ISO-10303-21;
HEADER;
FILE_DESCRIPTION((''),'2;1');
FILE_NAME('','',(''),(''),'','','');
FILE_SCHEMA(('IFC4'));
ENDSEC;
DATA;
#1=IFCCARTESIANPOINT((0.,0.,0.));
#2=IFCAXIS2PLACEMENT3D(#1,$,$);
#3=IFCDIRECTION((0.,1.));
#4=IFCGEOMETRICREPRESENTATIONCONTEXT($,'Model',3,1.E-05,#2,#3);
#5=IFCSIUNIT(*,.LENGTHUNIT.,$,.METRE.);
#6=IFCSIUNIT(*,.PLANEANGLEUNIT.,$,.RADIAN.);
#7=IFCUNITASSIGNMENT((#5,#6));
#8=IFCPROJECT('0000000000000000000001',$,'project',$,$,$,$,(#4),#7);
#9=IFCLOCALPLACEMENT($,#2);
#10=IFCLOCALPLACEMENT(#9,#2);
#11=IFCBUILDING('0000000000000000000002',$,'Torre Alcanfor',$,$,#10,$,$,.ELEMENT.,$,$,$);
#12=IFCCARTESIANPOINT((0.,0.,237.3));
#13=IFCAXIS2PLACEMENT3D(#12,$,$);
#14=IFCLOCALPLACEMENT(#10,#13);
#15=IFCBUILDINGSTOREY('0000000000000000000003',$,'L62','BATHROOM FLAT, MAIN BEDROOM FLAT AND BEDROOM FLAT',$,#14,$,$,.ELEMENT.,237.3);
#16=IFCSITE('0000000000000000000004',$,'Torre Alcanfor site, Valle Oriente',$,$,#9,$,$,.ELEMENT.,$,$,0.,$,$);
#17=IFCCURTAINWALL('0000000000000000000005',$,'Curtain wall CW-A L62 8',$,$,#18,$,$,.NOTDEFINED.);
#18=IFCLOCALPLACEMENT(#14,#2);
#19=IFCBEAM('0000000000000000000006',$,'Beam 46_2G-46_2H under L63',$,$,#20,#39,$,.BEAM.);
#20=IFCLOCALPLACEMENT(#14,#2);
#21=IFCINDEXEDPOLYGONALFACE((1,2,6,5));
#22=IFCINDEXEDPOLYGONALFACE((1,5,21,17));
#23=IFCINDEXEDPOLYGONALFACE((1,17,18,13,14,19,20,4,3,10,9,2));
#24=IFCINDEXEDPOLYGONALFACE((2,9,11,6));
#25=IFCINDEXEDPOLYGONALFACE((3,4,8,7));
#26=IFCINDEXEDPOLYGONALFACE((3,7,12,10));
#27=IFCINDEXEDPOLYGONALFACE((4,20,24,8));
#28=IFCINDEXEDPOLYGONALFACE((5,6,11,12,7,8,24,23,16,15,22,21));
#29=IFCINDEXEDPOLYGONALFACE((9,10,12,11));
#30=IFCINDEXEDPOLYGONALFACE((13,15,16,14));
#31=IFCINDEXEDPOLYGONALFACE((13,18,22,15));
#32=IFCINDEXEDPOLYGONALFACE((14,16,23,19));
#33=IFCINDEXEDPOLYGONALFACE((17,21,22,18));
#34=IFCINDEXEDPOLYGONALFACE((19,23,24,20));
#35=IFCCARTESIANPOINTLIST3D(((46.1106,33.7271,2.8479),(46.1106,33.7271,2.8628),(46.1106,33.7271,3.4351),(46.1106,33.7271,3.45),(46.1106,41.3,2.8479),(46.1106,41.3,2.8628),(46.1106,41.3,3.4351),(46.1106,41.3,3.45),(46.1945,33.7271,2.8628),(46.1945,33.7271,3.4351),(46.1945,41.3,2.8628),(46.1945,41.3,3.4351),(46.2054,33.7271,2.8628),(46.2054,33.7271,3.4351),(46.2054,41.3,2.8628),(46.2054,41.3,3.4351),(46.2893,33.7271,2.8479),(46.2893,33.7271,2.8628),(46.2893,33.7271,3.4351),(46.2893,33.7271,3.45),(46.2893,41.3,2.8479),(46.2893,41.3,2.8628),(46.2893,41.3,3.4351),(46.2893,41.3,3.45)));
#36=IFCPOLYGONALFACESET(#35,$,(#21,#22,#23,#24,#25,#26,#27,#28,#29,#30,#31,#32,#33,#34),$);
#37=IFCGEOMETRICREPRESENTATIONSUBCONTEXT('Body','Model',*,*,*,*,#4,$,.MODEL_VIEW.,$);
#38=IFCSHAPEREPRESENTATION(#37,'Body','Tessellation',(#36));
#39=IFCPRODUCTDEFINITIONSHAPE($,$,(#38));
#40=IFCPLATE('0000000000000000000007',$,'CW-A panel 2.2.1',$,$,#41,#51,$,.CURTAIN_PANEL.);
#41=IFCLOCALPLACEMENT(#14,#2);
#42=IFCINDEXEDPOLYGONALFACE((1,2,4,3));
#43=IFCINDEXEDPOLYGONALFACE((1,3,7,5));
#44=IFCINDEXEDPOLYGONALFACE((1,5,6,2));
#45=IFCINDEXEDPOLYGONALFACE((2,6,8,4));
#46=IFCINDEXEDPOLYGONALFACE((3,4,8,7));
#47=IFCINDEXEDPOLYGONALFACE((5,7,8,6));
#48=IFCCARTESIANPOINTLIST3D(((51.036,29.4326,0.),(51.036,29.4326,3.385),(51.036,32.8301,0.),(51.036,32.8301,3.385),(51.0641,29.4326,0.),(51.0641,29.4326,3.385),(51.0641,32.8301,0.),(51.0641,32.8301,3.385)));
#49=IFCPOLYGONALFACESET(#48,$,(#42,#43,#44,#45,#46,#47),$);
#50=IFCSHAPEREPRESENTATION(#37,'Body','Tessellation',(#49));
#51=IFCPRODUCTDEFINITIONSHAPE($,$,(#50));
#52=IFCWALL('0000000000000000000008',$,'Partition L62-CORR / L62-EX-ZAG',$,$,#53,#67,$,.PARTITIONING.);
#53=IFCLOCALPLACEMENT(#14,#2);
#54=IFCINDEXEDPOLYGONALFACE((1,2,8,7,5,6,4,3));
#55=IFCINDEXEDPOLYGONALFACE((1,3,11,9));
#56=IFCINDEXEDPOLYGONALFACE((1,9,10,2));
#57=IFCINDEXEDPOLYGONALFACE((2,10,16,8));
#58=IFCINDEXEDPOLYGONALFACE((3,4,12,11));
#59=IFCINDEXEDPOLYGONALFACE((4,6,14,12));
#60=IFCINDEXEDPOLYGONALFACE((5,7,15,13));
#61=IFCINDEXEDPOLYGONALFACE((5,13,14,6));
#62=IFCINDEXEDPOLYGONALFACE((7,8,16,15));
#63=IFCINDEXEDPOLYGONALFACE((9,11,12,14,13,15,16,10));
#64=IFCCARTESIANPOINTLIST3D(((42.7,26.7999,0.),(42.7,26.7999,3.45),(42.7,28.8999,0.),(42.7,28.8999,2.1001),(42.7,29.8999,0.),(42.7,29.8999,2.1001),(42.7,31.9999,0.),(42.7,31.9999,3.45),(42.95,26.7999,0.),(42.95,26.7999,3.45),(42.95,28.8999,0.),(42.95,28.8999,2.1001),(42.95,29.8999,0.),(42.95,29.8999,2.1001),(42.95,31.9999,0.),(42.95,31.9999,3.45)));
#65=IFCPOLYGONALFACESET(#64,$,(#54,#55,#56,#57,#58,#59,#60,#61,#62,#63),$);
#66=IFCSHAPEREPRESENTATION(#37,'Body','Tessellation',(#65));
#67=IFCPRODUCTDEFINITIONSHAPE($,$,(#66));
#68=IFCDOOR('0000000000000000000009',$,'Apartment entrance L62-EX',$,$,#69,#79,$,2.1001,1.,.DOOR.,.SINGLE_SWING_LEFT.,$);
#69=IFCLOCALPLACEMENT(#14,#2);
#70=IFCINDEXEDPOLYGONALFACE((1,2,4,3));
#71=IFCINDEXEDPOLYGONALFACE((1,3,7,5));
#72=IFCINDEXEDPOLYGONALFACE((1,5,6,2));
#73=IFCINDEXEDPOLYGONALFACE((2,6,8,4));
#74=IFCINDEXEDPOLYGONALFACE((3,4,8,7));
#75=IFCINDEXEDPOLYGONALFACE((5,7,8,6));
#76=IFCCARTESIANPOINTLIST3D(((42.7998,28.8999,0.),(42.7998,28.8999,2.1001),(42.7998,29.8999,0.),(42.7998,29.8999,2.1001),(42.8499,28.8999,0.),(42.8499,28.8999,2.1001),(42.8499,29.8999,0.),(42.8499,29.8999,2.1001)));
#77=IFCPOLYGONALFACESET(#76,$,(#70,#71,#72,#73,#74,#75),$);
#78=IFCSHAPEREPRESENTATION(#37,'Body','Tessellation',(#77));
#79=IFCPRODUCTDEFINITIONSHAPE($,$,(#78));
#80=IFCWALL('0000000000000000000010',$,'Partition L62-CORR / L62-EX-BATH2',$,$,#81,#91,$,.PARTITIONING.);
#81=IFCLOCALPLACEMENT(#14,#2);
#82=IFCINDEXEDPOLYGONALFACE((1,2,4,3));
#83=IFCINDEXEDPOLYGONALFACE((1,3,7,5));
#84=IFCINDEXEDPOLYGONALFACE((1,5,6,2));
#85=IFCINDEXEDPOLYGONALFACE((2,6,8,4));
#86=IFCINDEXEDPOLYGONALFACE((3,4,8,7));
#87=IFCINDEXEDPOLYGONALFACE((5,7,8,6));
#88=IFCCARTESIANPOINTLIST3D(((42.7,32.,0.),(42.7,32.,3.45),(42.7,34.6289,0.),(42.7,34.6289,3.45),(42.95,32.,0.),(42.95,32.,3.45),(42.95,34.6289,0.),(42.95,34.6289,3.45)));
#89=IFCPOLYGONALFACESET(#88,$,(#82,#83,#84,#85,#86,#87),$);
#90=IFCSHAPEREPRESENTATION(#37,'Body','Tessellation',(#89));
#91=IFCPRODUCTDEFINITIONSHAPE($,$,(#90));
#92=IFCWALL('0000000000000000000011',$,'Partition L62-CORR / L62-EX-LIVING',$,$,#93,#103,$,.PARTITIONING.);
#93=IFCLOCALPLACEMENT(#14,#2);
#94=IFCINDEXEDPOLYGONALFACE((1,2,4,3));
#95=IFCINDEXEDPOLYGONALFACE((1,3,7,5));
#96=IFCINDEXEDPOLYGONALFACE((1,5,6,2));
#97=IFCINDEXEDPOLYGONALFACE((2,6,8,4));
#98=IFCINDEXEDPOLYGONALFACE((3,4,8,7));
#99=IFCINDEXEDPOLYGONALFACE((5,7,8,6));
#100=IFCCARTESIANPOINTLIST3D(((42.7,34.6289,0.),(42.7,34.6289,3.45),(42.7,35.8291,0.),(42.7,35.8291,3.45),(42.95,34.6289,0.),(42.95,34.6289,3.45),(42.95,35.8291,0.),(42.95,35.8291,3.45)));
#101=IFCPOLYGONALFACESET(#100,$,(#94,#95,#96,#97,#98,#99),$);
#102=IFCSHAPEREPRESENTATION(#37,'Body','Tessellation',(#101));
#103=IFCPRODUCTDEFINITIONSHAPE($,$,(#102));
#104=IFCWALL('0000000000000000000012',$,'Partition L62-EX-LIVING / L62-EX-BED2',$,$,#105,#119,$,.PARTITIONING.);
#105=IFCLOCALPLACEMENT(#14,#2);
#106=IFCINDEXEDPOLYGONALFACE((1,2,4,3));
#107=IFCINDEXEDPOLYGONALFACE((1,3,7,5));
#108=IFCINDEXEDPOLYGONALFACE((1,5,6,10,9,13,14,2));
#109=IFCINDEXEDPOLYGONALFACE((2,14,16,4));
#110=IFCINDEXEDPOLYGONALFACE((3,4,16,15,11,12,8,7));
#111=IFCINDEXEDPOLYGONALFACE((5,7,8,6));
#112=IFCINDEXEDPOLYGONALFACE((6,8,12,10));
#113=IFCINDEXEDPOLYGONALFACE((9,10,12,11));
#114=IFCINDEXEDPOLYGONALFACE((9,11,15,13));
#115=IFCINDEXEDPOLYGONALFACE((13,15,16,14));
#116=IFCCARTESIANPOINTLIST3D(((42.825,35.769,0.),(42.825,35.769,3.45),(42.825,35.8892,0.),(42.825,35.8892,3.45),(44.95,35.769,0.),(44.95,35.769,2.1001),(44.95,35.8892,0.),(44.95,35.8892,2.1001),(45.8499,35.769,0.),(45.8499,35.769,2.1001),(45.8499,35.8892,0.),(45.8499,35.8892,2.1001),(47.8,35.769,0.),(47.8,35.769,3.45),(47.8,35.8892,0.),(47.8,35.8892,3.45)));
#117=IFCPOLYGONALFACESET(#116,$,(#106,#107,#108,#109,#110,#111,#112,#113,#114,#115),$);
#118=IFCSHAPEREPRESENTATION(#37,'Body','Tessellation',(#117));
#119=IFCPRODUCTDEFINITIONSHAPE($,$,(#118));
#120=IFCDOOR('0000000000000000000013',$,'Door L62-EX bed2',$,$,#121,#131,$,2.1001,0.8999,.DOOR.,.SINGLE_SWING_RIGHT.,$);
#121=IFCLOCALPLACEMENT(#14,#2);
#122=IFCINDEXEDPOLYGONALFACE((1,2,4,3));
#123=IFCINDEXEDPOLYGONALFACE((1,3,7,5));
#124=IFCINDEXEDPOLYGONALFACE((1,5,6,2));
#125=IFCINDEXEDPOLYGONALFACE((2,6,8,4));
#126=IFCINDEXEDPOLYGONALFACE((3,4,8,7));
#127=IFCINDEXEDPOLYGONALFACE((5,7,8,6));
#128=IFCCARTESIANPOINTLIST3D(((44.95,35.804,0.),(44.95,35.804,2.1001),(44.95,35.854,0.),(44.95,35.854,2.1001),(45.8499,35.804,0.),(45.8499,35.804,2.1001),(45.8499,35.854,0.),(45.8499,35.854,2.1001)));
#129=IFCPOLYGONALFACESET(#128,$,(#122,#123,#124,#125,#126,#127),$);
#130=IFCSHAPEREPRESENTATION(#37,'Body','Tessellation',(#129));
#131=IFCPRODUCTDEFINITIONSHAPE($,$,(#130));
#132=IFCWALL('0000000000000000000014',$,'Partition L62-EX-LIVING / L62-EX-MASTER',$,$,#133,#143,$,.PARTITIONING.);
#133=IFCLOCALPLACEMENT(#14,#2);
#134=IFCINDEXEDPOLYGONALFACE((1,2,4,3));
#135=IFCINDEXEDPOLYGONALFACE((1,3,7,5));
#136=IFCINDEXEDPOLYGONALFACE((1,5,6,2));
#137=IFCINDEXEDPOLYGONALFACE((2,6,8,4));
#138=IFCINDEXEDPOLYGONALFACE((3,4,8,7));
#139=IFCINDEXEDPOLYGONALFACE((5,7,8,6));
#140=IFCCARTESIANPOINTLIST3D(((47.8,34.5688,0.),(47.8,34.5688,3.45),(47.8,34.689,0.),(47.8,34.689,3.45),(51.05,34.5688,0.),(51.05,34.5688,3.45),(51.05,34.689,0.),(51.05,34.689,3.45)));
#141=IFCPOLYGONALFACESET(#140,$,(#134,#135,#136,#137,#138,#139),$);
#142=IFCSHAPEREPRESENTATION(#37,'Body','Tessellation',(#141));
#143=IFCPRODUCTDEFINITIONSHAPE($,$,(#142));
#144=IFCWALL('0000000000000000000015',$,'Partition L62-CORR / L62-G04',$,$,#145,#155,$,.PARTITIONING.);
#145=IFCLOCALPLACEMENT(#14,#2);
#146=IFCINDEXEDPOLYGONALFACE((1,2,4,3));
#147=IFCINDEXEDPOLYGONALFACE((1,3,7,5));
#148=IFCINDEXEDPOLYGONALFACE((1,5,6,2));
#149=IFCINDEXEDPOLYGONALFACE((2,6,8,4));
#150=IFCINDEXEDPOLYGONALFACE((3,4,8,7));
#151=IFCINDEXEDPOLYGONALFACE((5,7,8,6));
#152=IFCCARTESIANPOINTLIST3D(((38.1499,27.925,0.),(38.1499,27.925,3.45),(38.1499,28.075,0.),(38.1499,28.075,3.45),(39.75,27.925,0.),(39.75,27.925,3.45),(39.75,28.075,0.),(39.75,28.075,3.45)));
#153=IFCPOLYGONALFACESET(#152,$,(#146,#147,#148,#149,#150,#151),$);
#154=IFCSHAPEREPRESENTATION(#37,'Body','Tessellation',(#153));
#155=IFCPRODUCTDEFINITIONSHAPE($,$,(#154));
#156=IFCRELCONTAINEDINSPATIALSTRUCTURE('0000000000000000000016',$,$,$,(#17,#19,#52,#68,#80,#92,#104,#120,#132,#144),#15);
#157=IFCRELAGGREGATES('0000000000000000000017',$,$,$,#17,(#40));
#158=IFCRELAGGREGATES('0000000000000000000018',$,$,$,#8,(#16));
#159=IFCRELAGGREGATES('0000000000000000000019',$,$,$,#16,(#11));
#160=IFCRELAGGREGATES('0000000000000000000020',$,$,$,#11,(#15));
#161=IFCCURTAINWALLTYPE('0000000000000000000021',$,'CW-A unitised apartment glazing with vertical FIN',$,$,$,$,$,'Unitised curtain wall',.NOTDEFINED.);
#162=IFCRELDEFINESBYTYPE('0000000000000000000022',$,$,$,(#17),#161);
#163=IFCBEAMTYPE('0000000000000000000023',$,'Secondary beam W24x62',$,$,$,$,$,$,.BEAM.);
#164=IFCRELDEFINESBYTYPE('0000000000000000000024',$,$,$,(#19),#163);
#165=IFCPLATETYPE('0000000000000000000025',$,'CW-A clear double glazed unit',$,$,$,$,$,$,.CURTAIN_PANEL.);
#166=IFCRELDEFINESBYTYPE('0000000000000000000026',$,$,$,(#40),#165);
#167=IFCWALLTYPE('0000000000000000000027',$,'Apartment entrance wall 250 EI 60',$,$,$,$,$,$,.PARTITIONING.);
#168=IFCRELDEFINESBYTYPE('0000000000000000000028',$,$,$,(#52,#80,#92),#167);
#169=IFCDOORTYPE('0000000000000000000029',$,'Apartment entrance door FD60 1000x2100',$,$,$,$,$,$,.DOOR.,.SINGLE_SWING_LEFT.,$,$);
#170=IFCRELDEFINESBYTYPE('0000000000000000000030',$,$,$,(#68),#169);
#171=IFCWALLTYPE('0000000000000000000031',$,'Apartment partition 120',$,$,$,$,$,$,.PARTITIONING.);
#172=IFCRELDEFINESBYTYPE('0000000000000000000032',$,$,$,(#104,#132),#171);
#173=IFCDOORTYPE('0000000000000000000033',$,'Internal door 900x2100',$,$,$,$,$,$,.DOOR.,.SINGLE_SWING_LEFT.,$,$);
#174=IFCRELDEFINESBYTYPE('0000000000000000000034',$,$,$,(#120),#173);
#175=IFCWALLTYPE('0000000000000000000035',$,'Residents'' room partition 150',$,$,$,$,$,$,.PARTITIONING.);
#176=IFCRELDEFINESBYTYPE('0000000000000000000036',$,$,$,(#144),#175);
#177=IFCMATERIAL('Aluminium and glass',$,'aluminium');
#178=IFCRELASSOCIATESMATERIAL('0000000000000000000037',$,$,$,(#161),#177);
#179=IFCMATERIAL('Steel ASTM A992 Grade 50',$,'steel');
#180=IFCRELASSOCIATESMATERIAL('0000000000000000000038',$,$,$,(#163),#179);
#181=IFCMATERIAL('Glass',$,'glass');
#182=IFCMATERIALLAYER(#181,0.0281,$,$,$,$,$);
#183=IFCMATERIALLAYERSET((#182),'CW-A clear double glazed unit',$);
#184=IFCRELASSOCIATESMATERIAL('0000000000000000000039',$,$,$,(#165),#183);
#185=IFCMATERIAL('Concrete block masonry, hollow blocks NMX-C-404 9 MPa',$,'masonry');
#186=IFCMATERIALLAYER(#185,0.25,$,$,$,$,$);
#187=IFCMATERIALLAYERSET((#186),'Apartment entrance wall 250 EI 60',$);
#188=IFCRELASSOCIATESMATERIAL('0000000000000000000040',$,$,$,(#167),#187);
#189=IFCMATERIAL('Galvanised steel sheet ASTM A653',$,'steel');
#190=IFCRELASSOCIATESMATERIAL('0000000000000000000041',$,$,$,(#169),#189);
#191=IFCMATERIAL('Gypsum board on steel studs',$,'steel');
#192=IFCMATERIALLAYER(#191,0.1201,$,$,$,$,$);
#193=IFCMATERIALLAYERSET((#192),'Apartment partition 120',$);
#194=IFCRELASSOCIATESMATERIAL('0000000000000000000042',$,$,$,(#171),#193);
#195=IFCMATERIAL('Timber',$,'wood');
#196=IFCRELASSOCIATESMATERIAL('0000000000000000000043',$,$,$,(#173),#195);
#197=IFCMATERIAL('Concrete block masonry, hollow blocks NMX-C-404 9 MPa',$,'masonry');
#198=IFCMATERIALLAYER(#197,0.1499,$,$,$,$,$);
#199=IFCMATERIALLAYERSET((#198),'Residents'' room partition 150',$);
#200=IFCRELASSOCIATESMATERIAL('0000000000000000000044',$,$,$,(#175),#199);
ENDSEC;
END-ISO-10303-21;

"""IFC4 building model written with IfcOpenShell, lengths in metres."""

from ifc_helpers import new_model, si_unit, direction, frame, frame_2d, origin, origin_2d, place, context, subcontext, project, spatial, rectangle, i_section, extrude, material, layer, layer_set, material_profile, profile_set, type_object, element, fill, aggregate, save


model = new_model("IFC4")

# Units and contexts
model_context = context("Model", 3, precision=1e-05, world=origin(), true_north=direction((0.0, 1.0)))
body_context = subcontext(model_context, "Body", "Model", "MODEL_VIEW")
ifc_project = project(units=[si_unit("LENGTHUNIT", "METRE"), si_unit("PLANEANGLEUNIT", "RADIAN")], contexts=[model_context])

# Site, building, storey
site_placement = place(None, origin())
site = spatial("IfcSite", under=ifc_project, at=site_placement, Name="Torre Alcanfor site, Valle Oriente", CompositionType="ELEMENT", RefElevation=0.0)
building_placement = place(site_placement, origin())
building = spatial("IfcBuilding", under=site, at=building_placement, Name="Torre Alcanfor", CompositionType="ELEMENT")
storey_placement = place(building_placement, frame((0.0, 0.0, 237.3)))
storey = spatial("IfcBuildingStorey", under=building, at=storey_placement, Name="L62", Description="BATHROOM FLAT, MAIN BEDROOM FLAT AND BEDROOM FLAT", CompositionType="ELEMENT", Elevation=237.3)

# Curtain wall
ifc_material_1 = material(Name="Aluminium and glass", Category="aluminium")
curtain_wall_type = type_object("IfcCurtainWallType", Name="CW-A unitised apartment glazing with vertical FIN", ElementType="Unitised curtain wall", PredefinedType="NOTDEFINED", material=ifc_material_1)
curtain_wall_placement = place(storey_placement, origin())
curtain_wall = element("IfcCurtainWall", 1, at=curtain_wall_placement, inside=storey, type_object=curtain_wall_type, Name="Curtain wall CW-A L62 8", PredefinedType="NOTDEFINED")

# Beam
ifc_material_2 = material(Name="Steel ASTM A992 Grade 50", Category="steel")
ifc_material_profile_1 = material_profile(ifc_material_2, i_section(OverallWidth=0.1787, OverallDepth=0.6021, WebThickness=0.011, FlangeThickness=0.0149, at=origin_2d()), Name="W24x62")
ifc_profile_set_1 = profile_set([ifc_material_profile_1], Name="Steel ASTM A992 Grade 50")
beam_type_1 = type_object("IfcBeamType", Name="Secondary beam W24x62", PredefinedType="BEAM", material=ifc_profile_set_1)
beam_1_placement = place(storey_placement, frame((46.2, 33.7271, 3.1489), z_axis=(0.0, 1.0, 0.0), x_axis=(-1.0, 0.0, 0.0)))
element("IfcBeam", 2, at=beam_1_placement, inside=storey, type_object=beam_type_1, Name="Beam 46_2G-46_2H under L63", PredefinedType="BEAM", context=body_context, shape_type="SweptSolid", body=[
    extrude(i_section(OverallWidth=0.1787, OverallDepth=0.6021, WebThickness=0.011, FlangeThickness=0.0149, at=origin_2d()), origin(), (0.0, 0.0, 1.0), 7.573),
])

# Plate
ifc_material_3 = material(Name="Glass", Category="glass")
ifc_layer_1 = layer(ifc_material_3, 0.0281)
ifc_layer_set_1 = layer_set([ifc_layer_1], Name="CW-A clear double glazed unit")
plate_type = type_object("IfcPlateType", Name="CW-A clear double glazed unit", PredefinedType="CURTAIN_PANEL", material=ifc_layer_set_1)
plate_placement = place(storey_placement, frame((51.05, 31.1313, 0.0), z_axis=(0.0, 0.0, 1.0), x_axis=(0.0, 1.0, 0.0)))
plate = element("IfcPlate", 3, at=plate_placement, type_object=plate_type, Name="CW-A panel 2.2.1", PredefinedType="CURTAIN_PANEL", context=body_context, shape_type="SweptSolid", body=[
    extrude(rectangle(XDim=3.3975, YDim=0.0281, at=origin_2d()), origin(), (0.0, 0.0, 1.0), 3.385),
])
aggregate(curtain_wall, [plate])

# Wall, opening, door
ifc_material_4 = material(Name="Concrete block masonry, hollow blocks NMX-C-404 9 MPa", Category="masonry")
ifc_layer_2 = layer(ifc_material_4, 0.25)
ifc_layer_set_2 = layer_set([ifc_layer_2], Name="Apartment entrance wall 250 EI 60")
wall_type_1 = type_object("IfcWallType", Name="Apartment entrance wall 250 EI 60", PredefinedType="PARTITIONING", material=ifc_layer_set_2)
wall_1_placement = place(storey_placement, frame((42.825, 32.0, 0.0), z_axis=(0.0, 0.0, 1.0), x_axis=(0.0, -1.0, 0.0)))
wall_1 = element("IfcWall", 4, at=wall_1_placement, inside=storey, type_object=wall_type_1, Name="Partition L62-CORR / L62-EX-ZAG", PredefinedType="PARTITIONING", context=body_context, shape_type="SweptSolid", body=[
    extrude(rectangle(XDim=5.2, YDim=0.25, at=frame_2d((2.6001, 0.0))), origin(), (0.0, 0.0, 1.0), 3.45),
])
opening_1_placement = place(wall_1_placement, frame((2.1001, 0.0, 0.0)))
opening_1 = element("IfcOpeningElement", 5, at=opening_1_placement, cuts=wall_1, PredefinedType="OPENING", context=body_context, shape_type="SweptSolid", body=[
    extrude(rectangle(XDim=1.0, YDim=2.1001, at=frame_2d((0.5, 1.05))), frame((0.0, 0.135, 0.0), z_axis=(0.0, -1.0, 0.0), x_axis=(1.0, 0.0, 0.0)), (0.0, 0.0, 1.0), 0.27),
])
ifc_material_5 = material(Name="Galvanised steel sheet ASTM A653", Category="steel")
door_type_1 = type_object("IfcDoorType", Name="Apartment entrance door FD60 1000x2100", OperationType="SINGLE_SWING_LEFT", PredefinedType="DOOR", material=ifc_material_5)
door_1_placement = place(opening_1_placement, origin())
door_1 = element("IfcDoor", 6, at=door_1_placement, inside=storey, type_object=door_type_1, Name="Apartment entrance L62-EX", OperationType="SINGLE_SWING_LEFT", OverallHeight=2.1001, OverallWidth=1.0, PredefinedType="DOOR", context=body_context, shape_type="SweptSolid", body=[
    extrude(rectangle(XDim=1.0, YDim=2.1001, at=frame_2d((0.5, 1.05))), frame((0.0, 0.0249, 0.0), z_axis=(0.0, -1.0, 0.0), x_axis=(1.0, 0.0, 0.0)), (0.0, 0.0, 1.0), 0.05),
])
fill(opening_1, door_1)

# Walls
wall_2_placement = place(storey_placement, frame((42.825, 34.6289, 0.0), z_axis=(0.0, 0.0, 1.0), x_axis=(0.0, -1.0, 0.0)))
element("IfcWall", 7, at=wall_2_placement, inside=storey, type_object=wall_type_1, Name="Partition L62-CORR / L62-EX-BATH2", PredefinedType="PARTITIONING", context=body_context, shape_type="SweptSolid", body=[
    extrude(rectangle(XDim=2.6289, YDim=0.25, at=frame_2d((1.3145, 0.0))), origin(), (0.0, 0.0, 1.0), 3.45),
])
wall_3_placement = place(storey_placement, frame((42.825, 35.8291, 0.0), z_axis=(0.0, 0.0, 1.0), x_axis=(0.0, -1.0, 0.0)))
element("IfcWall", 8, at=wall_3_placement, inside=storey, type_object=wall_type_1, Name="Partition L62-CORR / L62-EX-LIVING", PredefinedType="PARTITIONING", context=body_context, shape_type="SweptSolid", body=[
    extrude(rectangle(XDim=1.2002, YDim=0.25, at=frame_2d((0.6001, 0.0))), origin(), (0.0, 0.0, 1.0), 3.45),
])

# Wall, opening, door
ifc_material_6 = material(Name="Gypsum board on steel studs", Category="steel")
ifc_layer_3 = layer(ifc_material_6, 0.1201)
ifc_layer_set_3 = layer_set([ifc_layer_3], Name="Apartment partition 120")
wall_type_2 = type_object("IfcWallType", Name="Apartment partition 120", PredefinedType="PARTITIONING", material=ifc_layer_set_3)
wall_4_placement = place(storey_placement, frame((42.825, 35.8291, 0.0), z_axis=(0.0, 0.0, 1.0), x_axis=(1.0, 0.0, 0.0)))
wall_4 = element("IfcWall", 9, at=wall_4_placement, inside=storey, type_object=wall_type_2, Name="Partition L62-EX-LIVING / L62-EX-BED2", PredefinedType="PARTITIONING", context=body_context, shape_type="SweptSolid", body=[
    extrude(rectangle(XDim=4.9751, YDim=0.1201, at=frame_2d((2.4875, 0.0))), origin(), (0.0, 0.0, 1.0), 3.45),
])
opening_2_placement = place(wall_4_placement, frame((2.125, 0.0, 0.0)))
opening_2 = element("IfcOpeningElement", 10, at=opening_2_placement, cuts=wall_4, PredefinedType="OPENING", context=body_context, shape_type="SweptSolid", body=[
    extrude(rectangle(XDim=0.8999, YDim=2.1001, at=frame_2d((0.45, 1.05))), frame((0.0, 0.0701, 0.0), z_axis=(0.0, -1.0, 0.0), x_axis=(1.0, 0.0, 0.0)), (0.0, 0.0, 1.0), 0.1401),
])
ifc_material_7 = material(Name="Timber", Category="wood")
door_type_2 = type_object("IfcDoorType", Name="Internal door 900x2100", OperationType="SINGLE_SWING_LEFT", PredefinedType="DOOR", material=ifc_material_7)
door_2_placement = place(opening_2_placement, origin())
door_2 = element("IfcDoor", 11, at=door_2_placement, inside=storey, type_object=door_type_2, Name="Door L62-EX bed2", OperationType="SINGLE_SWING_RIGHT", OverallHeight=2.1001, OverallWidth=0.8999, PredefinedType="DOOR", context=body_context, shape_type="SweptSolid", body=[
    extrude(rectangle(XDim=0.8999, YDim=2.1001, at=frame_2d((0.45, 1.05))), frame((0.0, 0.0249, 0.0), z_axis=(0.0, -1.0, 0.0), x_axis=(1.0, 0.0, 0.0)), (0.0, 0.0, 1.0), 0.05),
])
fill(opening_2, door_2)

# Walls
wall_5_placement = place(storey_placement, frame((47.8, 34.6289, 0.0), z_axis=(0.0, 0.0, 1.0), x_axis=(1.0, 0.0, 0.0)))
element("IfcWall", 12, at=wall_5_placement, inside=storey, type_object=wall_type_2, Name="Partition L62-EX-LIVING / L62-EX-MASTER", PredefinedType="PARTITIONING", context=body_context, shape_type="SweptSolid", body=[
    extrude(rectangle(XDim=3.25, YDim=0.1201, at=frame_2d((1.625, 0.0))), origin(), (0.0, 0.0, 1.0), 3.45),
])
ifc_material_8 = material(Name="Concrete block masonry, hollow blocks NMX-C-404 9 MPa", Category="masonry")
ifc_layer_4 = layer(ifc_material_8, 0.1499)
ifc_layer_set_4 = layer_set([ifc_layer_4], Name="Residents' room partition 150")
wall_type_3 = type_object("IfcWallType", Name="Residents' room partition 150", PredefinedType="PARTITIONING", material=ifc_layer_set_4)
wall_6_placement = place(storey_placement, frame((38.1499, 28.0, 0.0), z_axis=(0.0, 0.0, 1.0), x_axis=(1.0, 0.0, 0.0)))
element("IfcWall", 13, at=wall_6_placement, inside=storey, type_object=wall_type_3, Name="Partition L62-CORR / L62-G04", PredefinedType="PARTITIONING", context=body_context, shape_type="SweptSolid", body=[
    extrude(rectangle(XDim=1.6001, YDim=0.1499, at=frame_2d((0.8, 0.0))), origin(), (0.0, 0.0, 1.0), 3.45),
])

save(model, "model.ifc")
